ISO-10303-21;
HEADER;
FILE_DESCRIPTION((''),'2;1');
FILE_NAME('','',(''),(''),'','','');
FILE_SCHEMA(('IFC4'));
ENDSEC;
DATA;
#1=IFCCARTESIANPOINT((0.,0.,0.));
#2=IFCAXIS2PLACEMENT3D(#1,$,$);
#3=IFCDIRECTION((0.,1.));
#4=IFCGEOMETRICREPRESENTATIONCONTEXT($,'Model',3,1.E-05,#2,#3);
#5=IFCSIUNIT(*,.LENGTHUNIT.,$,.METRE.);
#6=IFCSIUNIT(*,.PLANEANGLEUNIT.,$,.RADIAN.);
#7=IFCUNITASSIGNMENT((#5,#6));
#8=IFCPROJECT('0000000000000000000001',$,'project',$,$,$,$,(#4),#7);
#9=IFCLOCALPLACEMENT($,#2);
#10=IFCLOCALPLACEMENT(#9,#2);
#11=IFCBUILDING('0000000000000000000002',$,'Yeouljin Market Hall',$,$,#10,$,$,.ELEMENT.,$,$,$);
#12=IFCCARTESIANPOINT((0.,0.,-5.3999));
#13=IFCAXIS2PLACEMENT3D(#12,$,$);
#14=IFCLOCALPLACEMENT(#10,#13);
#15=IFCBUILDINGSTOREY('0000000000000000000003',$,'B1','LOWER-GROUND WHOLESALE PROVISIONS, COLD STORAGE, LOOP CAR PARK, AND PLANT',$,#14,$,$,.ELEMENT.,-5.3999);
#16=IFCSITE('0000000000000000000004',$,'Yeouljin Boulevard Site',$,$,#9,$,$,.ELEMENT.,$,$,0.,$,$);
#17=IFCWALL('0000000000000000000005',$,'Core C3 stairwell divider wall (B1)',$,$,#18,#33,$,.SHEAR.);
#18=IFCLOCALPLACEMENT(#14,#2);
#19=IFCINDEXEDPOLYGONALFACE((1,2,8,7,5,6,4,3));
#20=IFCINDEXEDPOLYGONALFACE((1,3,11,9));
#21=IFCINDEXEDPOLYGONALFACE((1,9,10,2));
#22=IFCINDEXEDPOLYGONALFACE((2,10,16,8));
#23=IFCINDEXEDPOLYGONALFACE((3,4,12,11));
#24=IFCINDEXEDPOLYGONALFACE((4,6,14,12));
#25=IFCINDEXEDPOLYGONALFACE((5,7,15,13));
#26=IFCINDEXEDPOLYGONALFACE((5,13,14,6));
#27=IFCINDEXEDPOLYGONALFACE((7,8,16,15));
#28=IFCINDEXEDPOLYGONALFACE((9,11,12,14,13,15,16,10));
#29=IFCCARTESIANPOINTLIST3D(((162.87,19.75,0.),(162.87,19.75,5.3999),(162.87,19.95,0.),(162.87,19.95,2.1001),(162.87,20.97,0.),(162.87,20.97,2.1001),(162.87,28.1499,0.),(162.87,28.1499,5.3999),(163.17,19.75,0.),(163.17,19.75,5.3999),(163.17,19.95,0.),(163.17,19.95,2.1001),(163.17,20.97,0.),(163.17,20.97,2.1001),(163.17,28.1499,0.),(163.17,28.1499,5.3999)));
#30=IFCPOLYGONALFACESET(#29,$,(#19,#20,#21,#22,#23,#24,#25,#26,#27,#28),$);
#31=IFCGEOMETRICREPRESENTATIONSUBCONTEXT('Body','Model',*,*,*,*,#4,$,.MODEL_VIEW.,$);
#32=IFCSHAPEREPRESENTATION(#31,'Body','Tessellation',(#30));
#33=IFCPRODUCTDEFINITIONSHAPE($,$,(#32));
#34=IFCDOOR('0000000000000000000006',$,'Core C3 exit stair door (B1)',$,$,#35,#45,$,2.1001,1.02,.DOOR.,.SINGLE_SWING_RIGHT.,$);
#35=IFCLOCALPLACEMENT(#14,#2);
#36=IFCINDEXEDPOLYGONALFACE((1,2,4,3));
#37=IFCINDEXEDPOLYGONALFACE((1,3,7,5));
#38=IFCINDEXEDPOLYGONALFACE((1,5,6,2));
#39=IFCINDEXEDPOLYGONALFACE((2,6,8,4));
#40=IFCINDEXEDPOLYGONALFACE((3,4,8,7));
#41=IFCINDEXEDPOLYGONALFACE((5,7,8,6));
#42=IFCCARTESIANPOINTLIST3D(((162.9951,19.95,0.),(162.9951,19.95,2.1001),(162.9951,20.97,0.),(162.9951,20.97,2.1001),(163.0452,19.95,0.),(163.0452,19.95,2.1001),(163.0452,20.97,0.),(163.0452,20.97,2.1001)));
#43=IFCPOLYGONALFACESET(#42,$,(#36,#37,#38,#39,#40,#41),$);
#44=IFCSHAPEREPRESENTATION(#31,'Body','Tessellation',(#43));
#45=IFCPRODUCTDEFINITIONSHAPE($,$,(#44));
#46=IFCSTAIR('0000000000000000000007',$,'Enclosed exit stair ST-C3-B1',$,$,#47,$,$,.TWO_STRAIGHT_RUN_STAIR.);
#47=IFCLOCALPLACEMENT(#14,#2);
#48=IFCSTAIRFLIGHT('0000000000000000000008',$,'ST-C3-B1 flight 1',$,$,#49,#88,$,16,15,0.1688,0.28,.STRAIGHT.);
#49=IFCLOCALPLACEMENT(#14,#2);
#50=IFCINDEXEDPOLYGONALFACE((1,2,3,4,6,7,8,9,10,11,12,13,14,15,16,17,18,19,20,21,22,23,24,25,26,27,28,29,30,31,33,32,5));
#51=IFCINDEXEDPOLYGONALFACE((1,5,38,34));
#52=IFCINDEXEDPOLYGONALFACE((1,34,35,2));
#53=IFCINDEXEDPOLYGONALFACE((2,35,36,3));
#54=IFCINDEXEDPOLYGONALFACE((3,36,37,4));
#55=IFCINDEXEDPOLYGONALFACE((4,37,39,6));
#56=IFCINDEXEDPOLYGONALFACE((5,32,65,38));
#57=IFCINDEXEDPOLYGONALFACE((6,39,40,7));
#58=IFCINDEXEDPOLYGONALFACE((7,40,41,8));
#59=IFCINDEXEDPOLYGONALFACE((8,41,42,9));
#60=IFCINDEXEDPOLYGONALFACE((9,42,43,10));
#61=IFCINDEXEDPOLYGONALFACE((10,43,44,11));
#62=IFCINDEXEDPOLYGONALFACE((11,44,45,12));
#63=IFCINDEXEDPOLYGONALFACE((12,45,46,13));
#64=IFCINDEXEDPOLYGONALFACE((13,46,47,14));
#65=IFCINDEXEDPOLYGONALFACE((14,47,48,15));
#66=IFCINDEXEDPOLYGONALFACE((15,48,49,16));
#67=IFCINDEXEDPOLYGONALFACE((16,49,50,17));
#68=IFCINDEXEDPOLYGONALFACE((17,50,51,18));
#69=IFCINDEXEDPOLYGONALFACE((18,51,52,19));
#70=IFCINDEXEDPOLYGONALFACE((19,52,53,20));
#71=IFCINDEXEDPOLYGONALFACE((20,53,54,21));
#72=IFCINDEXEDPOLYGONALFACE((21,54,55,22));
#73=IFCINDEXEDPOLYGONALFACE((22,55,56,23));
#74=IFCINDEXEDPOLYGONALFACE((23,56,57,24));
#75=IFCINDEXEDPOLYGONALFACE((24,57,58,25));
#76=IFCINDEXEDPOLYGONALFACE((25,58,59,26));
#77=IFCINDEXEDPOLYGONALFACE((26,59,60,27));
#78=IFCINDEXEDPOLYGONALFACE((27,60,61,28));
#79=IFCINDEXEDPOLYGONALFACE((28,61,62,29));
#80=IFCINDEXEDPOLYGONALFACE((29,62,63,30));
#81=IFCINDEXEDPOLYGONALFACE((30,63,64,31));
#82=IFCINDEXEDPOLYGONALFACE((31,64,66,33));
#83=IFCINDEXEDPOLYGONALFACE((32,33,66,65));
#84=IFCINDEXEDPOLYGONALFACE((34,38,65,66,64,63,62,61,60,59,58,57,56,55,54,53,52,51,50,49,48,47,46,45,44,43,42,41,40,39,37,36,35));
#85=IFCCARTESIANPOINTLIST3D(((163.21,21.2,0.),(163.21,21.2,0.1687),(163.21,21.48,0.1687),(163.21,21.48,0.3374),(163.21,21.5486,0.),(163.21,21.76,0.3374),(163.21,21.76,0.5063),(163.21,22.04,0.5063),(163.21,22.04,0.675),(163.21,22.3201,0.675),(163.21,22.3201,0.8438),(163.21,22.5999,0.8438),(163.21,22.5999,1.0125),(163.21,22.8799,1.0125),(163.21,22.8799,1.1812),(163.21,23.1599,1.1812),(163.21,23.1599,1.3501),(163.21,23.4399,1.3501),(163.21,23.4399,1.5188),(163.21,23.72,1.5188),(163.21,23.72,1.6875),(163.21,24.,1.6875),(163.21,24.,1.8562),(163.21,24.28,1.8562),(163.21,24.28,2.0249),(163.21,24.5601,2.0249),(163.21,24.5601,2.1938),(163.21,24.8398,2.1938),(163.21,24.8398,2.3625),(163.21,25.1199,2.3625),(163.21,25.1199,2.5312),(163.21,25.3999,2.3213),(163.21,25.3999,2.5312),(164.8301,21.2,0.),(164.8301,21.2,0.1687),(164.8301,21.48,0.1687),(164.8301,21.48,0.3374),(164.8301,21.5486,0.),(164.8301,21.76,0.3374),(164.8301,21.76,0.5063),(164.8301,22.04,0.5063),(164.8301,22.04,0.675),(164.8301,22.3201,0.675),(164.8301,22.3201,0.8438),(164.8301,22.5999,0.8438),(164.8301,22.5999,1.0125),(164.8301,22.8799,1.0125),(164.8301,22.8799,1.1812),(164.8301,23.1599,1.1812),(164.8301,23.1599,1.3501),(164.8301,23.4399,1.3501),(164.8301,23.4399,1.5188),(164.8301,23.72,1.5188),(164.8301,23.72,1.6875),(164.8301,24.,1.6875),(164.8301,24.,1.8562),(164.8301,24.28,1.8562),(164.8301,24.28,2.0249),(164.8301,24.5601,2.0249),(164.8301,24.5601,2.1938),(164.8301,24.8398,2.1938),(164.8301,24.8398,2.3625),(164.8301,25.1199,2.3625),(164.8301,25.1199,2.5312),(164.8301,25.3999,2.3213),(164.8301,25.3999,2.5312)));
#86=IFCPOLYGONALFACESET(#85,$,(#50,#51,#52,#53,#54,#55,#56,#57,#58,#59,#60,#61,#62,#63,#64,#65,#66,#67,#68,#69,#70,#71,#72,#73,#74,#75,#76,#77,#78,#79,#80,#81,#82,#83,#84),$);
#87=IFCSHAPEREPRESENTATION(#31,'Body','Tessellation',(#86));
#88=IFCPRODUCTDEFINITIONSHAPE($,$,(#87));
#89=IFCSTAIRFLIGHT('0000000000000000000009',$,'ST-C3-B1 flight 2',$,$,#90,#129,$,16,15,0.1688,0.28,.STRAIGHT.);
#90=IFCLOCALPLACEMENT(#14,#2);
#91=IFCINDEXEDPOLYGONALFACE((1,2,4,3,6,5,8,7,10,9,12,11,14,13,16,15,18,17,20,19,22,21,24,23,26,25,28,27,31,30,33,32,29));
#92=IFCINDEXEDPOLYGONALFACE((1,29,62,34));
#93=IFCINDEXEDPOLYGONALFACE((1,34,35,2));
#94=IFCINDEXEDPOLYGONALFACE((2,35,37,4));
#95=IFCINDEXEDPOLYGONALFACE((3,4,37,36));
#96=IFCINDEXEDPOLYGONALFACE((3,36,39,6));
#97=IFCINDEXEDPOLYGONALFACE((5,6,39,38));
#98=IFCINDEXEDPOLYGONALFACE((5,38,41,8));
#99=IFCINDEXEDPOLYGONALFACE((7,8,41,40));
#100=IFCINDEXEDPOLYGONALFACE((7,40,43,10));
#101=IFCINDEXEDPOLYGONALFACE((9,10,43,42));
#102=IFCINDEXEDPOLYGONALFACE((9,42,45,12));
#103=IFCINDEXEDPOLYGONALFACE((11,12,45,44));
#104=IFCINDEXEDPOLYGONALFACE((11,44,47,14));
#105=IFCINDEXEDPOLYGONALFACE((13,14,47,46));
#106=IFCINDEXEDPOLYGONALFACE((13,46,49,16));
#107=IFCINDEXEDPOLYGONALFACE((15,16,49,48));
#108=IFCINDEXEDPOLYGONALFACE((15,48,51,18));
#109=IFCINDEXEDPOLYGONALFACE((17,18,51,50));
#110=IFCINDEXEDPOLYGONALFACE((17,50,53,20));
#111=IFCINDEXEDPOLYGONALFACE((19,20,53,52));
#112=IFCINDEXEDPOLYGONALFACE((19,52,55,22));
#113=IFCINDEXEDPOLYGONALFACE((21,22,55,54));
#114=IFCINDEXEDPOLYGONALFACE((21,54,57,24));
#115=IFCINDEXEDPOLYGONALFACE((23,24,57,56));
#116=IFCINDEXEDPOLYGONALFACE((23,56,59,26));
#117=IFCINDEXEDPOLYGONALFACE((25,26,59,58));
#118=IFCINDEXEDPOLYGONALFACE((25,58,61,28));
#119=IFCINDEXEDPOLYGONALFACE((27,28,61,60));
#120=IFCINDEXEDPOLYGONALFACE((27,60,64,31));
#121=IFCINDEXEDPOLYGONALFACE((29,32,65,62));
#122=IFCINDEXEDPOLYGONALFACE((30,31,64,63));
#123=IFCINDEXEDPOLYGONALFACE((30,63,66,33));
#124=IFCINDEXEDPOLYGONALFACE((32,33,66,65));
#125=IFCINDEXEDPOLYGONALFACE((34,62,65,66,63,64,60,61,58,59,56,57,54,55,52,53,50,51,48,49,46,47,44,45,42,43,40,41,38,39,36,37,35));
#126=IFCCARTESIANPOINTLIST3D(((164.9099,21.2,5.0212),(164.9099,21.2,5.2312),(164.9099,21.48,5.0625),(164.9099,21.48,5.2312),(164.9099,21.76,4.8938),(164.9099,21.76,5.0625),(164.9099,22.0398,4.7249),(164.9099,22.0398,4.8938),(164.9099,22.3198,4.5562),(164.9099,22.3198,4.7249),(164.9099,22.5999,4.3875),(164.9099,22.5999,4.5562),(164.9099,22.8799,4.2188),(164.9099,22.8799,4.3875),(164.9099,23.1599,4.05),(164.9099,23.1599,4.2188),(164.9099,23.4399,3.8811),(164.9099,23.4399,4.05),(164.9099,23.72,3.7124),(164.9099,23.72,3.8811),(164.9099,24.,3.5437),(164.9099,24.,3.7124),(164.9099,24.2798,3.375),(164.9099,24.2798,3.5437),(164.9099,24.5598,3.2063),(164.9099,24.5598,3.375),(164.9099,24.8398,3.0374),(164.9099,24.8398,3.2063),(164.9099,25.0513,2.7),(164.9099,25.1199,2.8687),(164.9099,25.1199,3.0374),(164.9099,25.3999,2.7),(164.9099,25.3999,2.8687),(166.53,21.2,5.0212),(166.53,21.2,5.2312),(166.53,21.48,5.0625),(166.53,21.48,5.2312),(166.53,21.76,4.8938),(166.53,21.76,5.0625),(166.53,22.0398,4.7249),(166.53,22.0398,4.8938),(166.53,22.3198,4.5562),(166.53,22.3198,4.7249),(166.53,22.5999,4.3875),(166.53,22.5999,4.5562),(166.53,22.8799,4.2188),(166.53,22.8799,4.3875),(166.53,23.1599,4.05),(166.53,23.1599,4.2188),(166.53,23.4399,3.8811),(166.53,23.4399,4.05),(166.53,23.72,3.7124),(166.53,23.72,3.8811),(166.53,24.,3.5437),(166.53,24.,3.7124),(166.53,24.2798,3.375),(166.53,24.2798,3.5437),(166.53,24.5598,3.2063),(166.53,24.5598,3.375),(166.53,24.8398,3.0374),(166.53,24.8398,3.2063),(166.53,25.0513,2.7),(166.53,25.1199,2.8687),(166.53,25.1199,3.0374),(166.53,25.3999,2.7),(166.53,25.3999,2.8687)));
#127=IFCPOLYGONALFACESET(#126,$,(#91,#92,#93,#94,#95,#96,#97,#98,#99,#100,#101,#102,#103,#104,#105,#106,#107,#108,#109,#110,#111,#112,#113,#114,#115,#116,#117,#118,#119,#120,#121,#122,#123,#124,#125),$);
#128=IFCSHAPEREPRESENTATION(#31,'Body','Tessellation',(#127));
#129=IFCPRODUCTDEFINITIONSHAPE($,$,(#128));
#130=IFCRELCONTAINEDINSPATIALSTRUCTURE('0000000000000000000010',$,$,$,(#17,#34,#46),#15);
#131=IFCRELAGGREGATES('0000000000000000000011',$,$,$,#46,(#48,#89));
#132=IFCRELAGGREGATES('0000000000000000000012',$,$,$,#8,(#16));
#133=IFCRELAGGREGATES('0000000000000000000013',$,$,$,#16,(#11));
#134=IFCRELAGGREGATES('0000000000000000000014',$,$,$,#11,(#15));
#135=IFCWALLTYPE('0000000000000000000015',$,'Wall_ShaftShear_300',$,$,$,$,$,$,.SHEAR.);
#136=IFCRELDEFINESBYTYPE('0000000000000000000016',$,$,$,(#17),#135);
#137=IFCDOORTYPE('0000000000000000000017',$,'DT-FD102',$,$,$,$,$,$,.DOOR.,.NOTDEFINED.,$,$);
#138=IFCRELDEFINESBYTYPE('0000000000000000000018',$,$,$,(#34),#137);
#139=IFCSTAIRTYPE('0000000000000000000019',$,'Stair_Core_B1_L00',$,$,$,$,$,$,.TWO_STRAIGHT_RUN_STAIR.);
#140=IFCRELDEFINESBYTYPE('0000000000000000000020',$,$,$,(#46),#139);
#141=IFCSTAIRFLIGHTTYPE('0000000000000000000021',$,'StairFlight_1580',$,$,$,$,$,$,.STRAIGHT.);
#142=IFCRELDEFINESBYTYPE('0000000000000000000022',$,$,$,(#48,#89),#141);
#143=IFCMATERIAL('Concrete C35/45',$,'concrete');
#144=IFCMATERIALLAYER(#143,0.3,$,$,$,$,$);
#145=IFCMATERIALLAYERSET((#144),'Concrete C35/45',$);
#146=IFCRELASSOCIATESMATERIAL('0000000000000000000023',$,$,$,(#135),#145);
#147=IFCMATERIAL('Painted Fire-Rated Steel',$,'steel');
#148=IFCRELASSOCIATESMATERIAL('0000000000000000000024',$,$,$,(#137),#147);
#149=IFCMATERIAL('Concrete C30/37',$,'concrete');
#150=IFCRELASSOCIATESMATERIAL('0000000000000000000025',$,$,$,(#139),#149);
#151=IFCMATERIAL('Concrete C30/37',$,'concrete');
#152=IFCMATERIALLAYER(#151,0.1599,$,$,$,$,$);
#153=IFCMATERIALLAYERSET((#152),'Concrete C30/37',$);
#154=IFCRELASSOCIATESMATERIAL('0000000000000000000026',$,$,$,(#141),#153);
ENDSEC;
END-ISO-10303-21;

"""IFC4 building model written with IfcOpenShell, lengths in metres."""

from ifc_helpers import new_model, si_unit, direction, frame, frame_2d, origin, place, context, subcontext, project, spatial, polyline, rectangle, outline, extrude, material, layer, layer_set, type_object, element, fill, aggregate, save


model = new_model("IFC4")

# Units and contexts
model_context = context("Model", 3, precision=1e-05, world=origin(), true_north=direction((0.0, 1.0)))
body_context = subcontext(model_context, "Body", "Model", "MODEL_VIEW")
ifc_project = project(units=[si_unit("LENGTHUNIT", "METRE"), si_unit("PLANEANGLEUNIT", "RADIAN")], contexts=[model_context])

# Site, building, storey
site_placement = place(None, origin())
site = spatial("IfcSite", under=ifc_project, at=site_placement, Name="Yeouljin Boulevard Site", CompositionType="ELEMENT", RefElevation=0.0)
building_placement = place(site_placement, origin())
building = spatial("IfcBuilding", under=site, at=building_placement, Name="Yeouljin Market Hall", CompositionType="ELEMENT")
storey_placement = place(building_placement, frame((0.0, 0.0, -5.3999)))
storey = spatial("IfcBuildingStorey", under=building, at=storey_placement, Name="B1", Description="LOWER-GROUND WHOLESALE PROVISIONS, COLD STORAGE, LOOP CAR PARK, AND PLANT", CompositionType="ELEMENT", Elevation=-5.3999)

# Wall, opening, door
ifc_material_1 = material(Name="Concrete C35/45", Category="concrete")
ifc_layer_1 = layer(ifc_material_1, 0.3)
ifc_layer_set_1 = layer_set([ifc_layer_1], Name="Concrete C35/45")
wall_type_1 = type_object("IfcWallType", Name="Wall_ShaftShear_300", PredefinedType="SHEAR", material=ifc_layer_set_1)
wall_1_placement = place(storey_placement, frame((163.02, 19.75, 0.0), z_axis=(0.0, 0.0, 1.0), x_axis=(0.0, 1.0, 0.0)))
wall_1 = element("IfcWall", 1, at=wall_1_placement, inside=storey, type_object=wall_type_1, Name="Core C3 stairwell divider wall (B1)", PredefinedType="SHEAR", context=body_context, shape_type="SweptSolid", body=[
    extrude(rectangle(XDim=8.3999, YDim=0.3, at=frame_2d((4.2, 0.0))), origin(), (0.0, 0.0, 1.0), 5.3999),
])
opening_1_placement = place(wall_1_placement, frame((0.2, 0.0, 0.0)))
opening_1 = element("IfcOpeningElement", 2, at=opening_1_placement, cuts=wall_1, PredefinedType="OPENING", context=body_context, shape_type="SweptSolid", body=[
    extrude(rectangle(XDim=1.02, YDim=2.1001, at=frame_2d((0.51, 1.05))), frame((0.0, 0.1599, 0.0), z_axis=(0.0, -1.0, 0.0), x_axis=(1.0, 0.0, 0.0)), (0.0, 0.0, 1.0), 0.3201),
])
ifc_material_2 = material(Name="Painted Fire-Rated Steel", Category="steel")
door_type_1 = type_object("IfcDoorType", Name="DT-FD102", OperationType="NOTDEFINED", PredefinedType="DOOR", material=ifc_material_2)
door_1_placement = place(opening_1_placement, origin())
door_1 = element("IfcDoor", 3, at=door_1_placement, inside=storey, type_object=door_type_1, Name="Core C3 exit stair door (B1)", OperationType="SINGLE_SWING_RIGHT", OverallHeight=2.1001, OverallWidth=1.02, PredefinedType="DOOR", context=body_context, shape_type="SweptSolid", body=[
    extrude(rectangle(XDim=1.02, YDim=2.1001, at=frame_2d((0.51, 1.05))), frame((0.0, 0.0249, 0.0), z_axis=(0.0, -1.0, 0.0), x_axis=(1.0, 0.0, 0.0)), (0.0, 0.0, 1.0), 0.05),
])
fill(opening_1, door_1)

# Stair, stair flights
ifc_material_3 = material(Name="Concrete C30/37", Category="concrete")
stair_type = type_object("IfcStairType", Name="Stair_Core_B1_L00", PredefinedType="TWO_STRAIGHT_RUN_STAIR", material=ifc_material_3)
stair_placement = place(storey_placement, origin())
stair = element("IfcStair", 4, at=stair_placement, inside=storey, type_object=stair_type, Name="Enclosed exit stair ST-C3-B1", PredefinedType="TWO_STRAIGHT_RUN_STAIR")
ifc_material_4 = material(Name="Concrete C30/37", Category="concrete")
ifc_layer_2 = layer(ifc_material_4, 0.1599)
ifc_layer_set_2 = layer_set([ifc_layer_2], Name="Concrete C30/37")
stair_flight_type = type_object("IfcStairFlightType", Name="StairFlight_1580", PredefinedType="STRAIGHT", material=ifc_layer_set_2)
stair_flight_1_placement = place(storey_placement, frame((164.02, 21.2, 0.0), z_axis=(0.0, 0.0, 1.0), x_axis=(0.0, 1.0, 0.0)))
stair_flight_1 = element("IfcStairFlight", 5, at=stair_flight_1_placement, type_object=stair_flight_type, Name="ST-C3-B1 flight 1", NumberOfRisers=16, NumberOfTreads=15, PredefinedType="STRAIGHT", RiserHeight=0.1688, TreadLength=0.28, context=body_context, shape_type="SweptSolid", body=[
    extrude(outline(polyline([(0.0, 0.0), (0.0, 0.1687), (0.28, 0.1687), (0.28, 0.3374), (0.5601, 0.3374), (0.5601, 0.5063), (0.8401, 0.5063), (0.8401, 0.675), (1.1201, 0.675), (1.1201, 0.8438), (1.3999, 0.8438), (1.3999, 1.0125), (1.6799, 1.0125), (1.6799, 1.1812), (1.96, 1.1812), (1.96, 1.3501), (2.24, 1.3501), (2.24, 1.5188), (2.52, 1.5188), (2.52, 1.6875), (2.8, 1.6875), (2.8, 1.8562), (3.0801, 1.8562), (3.0801, 2.0249), (3.3601, 2.0249), (3.3601, 2.1938), (3.6399, 2.1938), (3.6399, 2.3625), (3.9199, 2.3625), (3.9199, 2.5312), (4.2, 2.5312), (4.2, 2.7), (4.2, 2.3213), (0.3486, 0.0), (0.0, 0.0)])), frame((0.0, 0.8101, 0.0), z_axis=(0.0, -1.0, 0.0), x_axis=(1.0, 0.0, 0.0)), (0.0, 0.0, 1.0), 1.6201),
])
stair_flight_2_placement = place(storey_placement, frame((165.72, 25.3999, 2.7), z_axis=(0.0, 0.0, 1.0), x_axis=(0.0, -1.0, 0.0)))
stair_flight_2 = element("IfcStairFlight", 6, at=stair_flight_2_placement, type_object=stair_flight_type, Name="ST-C3-B1 flight 2", NumberOfRisers=16, NumberOfTreads=15, PredefinedType="STRAIGHT", RiserHeight=0.1688, TreadLength=0.28, context=body_context, shape_type="SweptSolid", body=[
    extrude(outline(polyline([(0.0, 0.0), (0.0, 0.1687), (0.28, 0.1687), (0.28, 0.3374), (0.5601, 0.3374), (0.5601, 0.5063), (0.8401, 0.5063), (0.8401, 0.675), (1.1201, 0.675), (1.1201, 0.8438), (1.3999, 0.8438), (1.3999, 1.0125), (1.6799, 1.0125), (1.6799, 1.1812), (1.96, 1.1812), (1.96, 1.3501), (2.24, 1.3501), (2.24, 1.5188), (2.52, 1.5188), (2.52, 1.6875), (2.8, 1.6875), (2.8, 1.8562), (3.0801, 1.8562), (3.0801, 2.0249), (3.3601, 2.0249), (3.3601, 2.1938), (3.6399, 2.1938), (3.6399, 2.3625), (3.9199, 2.3625), (3.9199, 2.5312), (4.2, 2.5312), (4.2, 2.7), (4.2, 2.3213), (0.3486, 0.0), (0.0, 0.0)])), frame((0.0, 0.8101, 0.0), z_axis=(0.0, -1.0, 0.0), x_axis=(1.0, 0.0, 0.0)), (0.0, 0.0, 1.0), 1.6201),
])
aggregate(stair, [stair_flight_1, stair_flight_2])

save(model, "model.ifc")
